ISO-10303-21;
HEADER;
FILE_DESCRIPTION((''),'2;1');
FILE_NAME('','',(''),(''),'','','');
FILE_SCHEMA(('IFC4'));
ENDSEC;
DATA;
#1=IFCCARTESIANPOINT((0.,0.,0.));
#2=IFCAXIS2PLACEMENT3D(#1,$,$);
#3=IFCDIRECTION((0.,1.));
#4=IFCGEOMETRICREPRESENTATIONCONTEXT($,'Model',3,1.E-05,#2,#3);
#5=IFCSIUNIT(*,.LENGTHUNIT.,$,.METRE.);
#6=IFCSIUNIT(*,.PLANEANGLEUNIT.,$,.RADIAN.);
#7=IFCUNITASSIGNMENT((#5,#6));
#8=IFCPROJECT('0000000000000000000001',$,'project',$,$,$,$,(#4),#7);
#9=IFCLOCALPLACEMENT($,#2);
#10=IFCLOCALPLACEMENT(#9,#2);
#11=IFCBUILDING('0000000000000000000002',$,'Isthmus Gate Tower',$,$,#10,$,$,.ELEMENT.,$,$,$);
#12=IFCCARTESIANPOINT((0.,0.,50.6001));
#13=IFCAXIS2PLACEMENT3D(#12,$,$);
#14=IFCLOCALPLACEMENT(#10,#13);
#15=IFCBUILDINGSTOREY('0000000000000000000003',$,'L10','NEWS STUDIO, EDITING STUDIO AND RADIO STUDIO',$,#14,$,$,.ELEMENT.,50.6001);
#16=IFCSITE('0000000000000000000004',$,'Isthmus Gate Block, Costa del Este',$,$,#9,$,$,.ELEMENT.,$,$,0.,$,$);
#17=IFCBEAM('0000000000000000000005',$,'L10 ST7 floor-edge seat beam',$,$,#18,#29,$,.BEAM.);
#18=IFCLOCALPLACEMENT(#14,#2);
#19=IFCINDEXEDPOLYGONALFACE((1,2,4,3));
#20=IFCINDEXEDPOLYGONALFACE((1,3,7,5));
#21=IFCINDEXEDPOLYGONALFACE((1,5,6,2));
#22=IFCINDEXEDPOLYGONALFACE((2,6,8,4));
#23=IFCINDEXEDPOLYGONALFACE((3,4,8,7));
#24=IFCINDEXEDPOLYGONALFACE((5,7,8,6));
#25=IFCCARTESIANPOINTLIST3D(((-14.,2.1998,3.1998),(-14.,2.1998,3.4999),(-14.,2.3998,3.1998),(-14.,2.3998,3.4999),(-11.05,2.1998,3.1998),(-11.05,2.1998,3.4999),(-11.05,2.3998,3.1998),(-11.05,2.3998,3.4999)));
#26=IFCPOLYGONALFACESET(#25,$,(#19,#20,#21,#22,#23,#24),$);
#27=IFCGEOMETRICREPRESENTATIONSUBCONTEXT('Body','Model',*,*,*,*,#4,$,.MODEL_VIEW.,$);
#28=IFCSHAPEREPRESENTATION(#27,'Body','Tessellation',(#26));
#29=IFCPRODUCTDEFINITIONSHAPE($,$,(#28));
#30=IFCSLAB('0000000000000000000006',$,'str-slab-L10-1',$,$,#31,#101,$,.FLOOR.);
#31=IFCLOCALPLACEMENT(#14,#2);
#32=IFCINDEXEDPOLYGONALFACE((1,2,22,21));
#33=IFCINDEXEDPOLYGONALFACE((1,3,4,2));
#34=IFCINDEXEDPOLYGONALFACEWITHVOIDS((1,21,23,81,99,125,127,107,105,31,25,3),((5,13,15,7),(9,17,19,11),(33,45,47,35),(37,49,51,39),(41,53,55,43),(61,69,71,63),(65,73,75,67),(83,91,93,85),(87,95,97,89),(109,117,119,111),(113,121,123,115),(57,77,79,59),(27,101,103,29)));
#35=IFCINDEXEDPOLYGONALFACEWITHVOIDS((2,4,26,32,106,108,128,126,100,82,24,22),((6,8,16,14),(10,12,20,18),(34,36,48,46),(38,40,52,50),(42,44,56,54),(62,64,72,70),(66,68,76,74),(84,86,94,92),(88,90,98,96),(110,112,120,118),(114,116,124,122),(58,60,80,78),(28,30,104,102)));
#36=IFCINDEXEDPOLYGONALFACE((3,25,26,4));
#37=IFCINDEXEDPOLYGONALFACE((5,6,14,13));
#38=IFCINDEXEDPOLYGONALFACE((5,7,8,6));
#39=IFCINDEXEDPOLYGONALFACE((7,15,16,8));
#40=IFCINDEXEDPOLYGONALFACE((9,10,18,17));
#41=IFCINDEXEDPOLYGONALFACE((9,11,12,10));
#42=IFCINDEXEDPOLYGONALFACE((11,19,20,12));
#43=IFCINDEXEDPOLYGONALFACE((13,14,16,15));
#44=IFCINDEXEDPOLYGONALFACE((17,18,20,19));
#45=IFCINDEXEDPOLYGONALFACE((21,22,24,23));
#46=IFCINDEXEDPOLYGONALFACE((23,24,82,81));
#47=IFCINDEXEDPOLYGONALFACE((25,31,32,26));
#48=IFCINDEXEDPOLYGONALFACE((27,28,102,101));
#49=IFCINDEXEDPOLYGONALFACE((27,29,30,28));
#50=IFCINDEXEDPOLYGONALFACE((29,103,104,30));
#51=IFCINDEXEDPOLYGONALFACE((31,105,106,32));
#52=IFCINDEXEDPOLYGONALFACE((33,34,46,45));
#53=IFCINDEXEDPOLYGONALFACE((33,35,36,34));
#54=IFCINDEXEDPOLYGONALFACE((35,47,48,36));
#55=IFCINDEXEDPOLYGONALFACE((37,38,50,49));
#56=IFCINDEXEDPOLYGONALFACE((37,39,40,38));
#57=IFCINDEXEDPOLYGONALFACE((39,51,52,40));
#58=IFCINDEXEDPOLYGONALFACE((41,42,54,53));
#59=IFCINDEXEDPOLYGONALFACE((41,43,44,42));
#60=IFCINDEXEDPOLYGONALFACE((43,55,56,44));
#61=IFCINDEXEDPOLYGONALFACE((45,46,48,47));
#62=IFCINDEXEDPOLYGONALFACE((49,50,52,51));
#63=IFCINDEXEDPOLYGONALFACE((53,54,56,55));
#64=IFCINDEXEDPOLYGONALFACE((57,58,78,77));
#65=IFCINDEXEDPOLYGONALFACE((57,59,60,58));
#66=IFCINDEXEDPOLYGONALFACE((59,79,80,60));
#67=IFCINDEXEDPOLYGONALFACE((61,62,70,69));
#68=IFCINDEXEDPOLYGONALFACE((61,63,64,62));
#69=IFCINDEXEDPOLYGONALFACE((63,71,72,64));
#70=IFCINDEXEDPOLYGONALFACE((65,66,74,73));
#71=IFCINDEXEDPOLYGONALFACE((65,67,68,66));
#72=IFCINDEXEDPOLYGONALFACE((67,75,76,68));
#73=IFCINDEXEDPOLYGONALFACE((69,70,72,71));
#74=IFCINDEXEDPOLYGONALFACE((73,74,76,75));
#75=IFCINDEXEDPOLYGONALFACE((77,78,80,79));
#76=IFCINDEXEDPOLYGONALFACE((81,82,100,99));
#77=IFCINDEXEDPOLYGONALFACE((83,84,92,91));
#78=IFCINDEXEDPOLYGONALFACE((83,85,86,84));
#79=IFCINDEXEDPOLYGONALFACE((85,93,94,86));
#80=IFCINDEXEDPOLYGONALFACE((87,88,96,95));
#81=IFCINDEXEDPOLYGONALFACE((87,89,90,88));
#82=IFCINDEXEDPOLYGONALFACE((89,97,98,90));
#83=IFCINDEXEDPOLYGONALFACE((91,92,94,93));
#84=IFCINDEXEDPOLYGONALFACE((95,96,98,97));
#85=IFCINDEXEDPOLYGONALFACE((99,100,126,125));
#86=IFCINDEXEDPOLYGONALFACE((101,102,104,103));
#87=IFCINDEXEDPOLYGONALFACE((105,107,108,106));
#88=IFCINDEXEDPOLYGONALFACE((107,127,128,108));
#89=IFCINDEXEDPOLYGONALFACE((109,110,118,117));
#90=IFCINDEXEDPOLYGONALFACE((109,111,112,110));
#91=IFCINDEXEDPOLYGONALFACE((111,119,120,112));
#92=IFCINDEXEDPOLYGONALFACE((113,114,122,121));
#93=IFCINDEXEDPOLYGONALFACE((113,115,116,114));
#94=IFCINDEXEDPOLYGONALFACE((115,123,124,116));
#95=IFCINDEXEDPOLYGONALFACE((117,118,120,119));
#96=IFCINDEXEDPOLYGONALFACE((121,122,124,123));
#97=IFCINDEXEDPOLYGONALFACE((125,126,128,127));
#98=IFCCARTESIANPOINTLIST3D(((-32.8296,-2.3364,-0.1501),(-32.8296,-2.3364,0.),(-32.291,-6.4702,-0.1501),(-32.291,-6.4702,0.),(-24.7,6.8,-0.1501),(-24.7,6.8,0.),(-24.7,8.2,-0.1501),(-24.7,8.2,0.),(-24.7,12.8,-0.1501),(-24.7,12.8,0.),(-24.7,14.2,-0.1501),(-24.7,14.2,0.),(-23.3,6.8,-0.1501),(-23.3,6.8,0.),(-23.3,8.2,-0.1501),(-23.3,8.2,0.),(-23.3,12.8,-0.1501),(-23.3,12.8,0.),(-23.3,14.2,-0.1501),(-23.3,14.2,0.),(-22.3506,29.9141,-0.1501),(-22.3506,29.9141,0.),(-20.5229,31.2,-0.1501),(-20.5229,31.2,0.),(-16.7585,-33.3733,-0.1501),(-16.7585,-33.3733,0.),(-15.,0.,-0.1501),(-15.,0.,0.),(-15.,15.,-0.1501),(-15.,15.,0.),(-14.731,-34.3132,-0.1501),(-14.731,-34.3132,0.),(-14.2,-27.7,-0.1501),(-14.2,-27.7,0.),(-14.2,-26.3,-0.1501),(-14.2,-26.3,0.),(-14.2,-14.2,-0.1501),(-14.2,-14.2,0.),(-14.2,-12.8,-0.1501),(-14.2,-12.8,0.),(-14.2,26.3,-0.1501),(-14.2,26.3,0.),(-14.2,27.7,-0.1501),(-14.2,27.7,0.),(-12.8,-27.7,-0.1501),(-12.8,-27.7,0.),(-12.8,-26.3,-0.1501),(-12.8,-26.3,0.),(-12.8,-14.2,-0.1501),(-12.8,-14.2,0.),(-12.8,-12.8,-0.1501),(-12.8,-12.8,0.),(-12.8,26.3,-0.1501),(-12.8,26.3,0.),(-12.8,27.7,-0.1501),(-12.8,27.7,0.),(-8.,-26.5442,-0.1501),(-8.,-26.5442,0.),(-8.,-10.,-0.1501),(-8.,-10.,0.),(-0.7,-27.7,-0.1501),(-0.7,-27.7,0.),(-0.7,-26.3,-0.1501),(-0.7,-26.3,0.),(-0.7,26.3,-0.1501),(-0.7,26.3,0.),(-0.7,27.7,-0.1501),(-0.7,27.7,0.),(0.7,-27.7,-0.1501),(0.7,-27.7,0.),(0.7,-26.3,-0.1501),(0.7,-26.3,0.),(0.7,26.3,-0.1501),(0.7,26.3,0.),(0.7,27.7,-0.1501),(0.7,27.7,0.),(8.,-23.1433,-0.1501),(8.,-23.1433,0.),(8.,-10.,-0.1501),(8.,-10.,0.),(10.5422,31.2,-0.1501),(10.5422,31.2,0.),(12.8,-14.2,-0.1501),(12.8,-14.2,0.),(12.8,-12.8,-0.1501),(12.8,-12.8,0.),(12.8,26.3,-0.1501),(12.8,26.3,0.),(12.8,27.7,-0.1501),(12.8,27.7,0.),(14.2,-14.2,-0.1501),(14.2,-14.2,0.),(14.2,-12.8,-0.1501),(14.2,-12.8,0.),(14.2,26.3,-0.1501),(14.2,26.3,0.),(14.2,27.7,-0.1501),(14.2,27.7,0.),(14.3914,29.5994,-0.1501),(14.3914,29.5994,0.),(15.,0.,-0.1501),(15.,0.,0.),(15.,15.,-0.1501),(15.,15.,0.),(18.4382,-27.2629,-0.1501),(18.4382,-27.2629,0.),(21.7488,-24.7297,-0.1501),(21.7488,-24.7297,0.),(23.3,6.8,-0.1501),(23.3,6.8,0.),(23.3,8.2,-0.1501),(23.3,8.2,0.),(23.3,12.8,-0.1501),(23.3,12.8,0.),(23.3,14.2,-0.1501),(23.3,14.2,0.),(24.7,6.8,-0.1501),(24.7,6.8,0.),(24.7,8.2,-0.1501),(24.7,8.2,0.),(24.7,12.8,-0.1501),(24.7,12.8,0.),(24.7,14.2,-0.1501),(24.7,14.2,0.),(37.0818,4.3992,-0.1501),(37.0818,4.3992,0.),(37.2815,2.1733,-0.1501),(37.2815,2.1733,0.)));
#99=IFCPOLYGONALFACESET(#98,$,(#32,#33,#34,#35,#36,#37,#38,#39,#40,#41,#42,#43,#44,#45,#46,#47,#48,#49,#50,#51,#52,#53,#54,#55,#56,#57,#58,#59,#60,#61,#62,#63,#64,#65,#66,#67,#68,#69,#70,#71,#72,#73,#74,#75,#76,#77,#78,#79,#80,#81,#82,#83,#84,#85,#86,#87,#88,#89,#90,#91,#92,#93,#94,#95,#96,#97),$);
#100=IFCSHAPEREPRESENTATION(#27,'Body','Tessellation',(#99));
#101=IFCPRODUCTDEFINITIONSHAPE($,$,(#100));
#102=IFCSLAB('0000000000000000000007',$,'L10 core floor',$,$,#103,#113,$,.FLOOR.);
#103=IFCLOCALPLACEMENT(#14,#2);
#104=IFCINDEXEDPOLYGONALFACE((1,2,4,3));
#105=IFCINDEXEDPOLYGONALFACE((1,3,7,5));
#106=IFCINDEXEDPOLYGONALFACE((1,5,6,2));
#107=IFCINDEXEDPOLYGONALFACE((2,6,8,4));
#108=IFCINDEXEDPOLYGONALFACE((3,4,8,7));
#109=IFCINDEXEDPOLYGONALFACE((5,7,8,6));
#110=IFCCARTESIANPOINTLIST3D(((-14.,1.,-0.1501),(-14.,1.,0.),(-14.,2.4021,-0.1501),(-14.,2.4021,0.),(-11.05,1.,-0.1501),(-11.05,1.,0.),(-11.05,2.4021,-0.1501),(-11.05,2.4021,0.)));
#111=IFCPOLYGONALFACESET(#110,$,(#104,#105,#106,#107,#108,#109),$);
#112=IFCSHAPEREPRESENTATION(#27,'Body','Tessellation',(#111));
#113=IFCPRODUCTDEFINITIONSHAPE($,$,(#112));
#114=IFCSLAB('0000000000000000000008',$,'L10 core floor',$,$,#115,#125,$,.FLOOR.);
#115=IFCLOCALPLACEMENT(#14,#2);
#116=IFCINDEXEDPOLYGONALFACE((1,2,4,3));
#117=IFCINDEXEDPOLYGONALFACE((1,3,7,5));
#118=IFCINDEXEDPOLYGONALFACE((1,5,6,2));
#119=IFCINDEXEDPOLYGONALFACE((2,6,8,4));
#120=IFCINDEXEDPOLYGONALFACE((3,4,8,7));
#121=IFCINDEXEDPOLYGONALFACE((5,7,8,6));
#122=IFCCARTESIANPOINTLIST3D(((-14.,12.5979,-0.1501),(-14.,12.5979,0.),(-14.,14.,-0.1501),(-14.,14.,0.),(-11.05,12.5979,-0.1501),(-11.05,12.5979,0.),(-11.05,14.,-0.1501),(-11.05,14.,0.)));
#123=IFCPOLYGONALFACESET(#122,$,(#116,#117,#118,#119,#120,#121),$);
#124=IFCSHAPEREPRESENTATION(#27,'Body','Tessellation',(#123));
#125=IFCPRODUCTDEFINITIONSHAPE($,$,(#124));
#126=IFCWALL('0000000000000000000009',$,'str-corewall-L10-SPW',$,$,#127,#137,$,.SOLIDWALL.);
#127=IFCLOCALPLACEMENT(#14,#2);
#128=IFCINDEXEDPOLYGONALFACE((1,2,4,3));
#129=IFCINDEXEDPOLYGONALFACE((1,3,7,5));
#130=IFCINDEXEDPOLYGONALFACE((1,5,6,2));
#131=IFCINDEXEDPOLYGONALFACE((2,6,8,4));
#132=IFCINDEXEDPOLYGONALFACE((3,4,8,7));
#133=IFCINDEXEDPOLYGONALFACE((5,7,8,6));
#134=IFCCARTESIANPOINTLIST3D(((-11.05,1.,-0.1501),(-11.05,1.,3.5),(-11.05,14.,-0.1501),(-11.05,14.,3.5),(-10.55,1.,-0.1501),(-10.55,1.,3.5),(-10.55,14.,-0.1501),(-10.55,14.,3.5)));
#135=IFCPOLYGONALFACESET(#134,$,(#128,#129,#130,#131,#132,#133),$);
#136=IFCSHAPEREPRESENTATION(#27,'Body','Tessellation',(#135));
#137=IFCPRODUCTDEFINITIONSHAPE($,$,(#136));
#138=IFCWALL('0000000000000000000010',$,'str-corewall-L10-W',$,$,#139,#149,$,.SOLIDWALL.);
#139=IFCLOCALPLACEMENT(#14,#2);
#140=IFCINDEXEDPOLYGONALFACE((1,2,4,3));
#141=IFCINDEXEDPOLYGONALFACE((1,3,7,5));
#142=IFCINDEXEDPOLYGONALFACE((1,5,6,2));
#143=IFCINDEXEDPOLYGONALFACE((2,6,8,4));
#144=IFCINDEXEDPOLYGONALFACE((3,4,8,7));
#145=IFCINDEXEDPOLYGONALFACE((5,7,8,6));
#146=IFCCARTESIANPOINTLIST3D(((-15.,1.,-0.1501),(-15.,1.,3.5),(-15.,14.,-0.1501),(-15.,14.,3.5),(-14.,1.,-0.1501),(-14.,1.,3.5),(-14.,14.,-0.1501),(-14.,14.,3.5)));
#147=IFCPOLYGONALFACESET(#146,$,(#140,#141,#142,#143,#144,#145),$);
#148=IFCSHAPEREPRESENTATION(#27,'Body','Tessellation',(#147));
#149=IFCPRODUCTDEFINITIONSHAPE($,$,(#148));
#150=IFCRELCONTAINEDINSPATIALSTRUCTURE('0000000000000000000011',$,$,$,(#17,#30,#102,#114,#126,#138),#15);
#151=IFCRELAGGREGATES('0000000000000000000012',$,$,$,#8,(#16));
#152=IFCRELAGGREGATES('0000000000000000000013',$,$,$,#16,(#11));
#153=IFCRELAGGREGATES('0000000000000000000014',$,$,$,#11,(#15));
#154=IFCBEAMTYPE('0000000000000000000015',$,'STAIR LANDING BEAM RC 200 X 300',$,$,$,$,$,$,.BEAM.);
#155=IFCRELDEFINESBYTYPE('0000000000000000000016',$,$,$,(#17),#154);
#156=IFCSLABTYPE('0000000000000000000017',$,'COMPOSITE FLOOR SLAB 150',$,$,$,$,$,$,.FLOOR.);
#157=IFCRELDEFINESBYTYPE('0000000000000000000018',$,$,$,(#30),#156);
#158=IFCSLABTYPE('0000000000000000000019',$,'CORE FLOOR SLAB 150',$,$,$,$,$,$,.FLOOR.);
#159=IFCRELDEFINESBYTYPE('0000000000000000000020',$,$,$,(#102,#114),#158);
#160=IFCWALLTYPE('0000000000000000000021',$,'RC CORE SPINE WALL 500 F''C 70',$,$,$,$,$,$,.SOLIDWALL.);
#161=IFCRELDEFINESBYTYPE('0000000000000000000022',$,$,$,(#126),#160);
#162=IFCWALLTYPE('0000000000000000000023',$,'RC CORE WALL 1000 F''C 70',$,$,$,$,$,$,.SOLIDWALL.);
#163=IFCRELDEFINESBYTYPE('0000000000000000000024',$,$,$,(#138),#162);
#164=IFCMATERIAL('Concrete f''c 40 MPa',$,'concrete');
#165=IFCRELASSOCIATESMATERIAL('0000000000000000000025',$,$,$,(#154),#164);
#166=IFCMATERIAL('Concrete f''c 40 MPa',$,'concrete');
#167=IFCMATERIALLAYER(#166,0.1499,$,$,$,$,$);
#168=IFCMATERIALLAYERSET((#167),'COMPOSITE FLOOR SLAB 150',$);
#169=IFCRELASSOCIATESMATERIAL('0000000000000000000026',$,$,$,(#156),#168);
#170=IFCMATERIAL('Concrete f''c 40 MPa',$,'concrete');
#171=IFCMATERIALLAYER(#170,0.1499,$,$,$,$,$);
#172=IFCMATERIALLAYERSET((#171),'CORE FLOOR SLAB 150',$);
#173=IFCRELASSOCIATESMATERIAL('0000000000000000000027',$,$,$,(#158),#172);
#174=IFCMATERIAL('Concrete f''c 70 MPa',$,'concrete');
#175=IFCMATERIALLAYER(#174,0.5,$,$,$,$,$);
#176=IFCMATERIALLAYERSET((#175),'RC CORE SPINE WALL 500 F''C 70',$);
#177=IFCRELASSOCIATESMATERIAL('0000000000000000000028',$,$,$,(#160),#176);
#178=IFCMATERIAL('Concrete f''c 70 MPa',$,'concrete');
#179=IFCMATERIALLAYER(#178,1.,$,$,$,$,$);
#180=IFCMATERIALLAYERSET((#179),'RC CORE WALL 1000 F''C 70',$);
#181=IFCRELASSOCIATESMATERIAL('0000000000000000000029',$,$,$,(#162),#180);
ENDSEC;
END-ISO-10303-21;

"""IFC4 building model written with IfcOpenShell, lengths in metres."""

from ifc_helpers import new_model, si_unit, direction, frame, frame_2d, origin, origin_2d, place, context, subcontext, project, spatial, polyline, rectangle, outline, extrude, material, layer, layer_set, material_profile, profile_set, type_object, element, save


model = new_model("IFC4")

# Units and contexts
model_context = context("Model", 3, precision=1e-05, world=origin(), true_north=direction((0.0, 1.0)))
body_context = subcontext(model_context, "Body", "Model", "MODEL_VIEW")
ifc_project = project(units=[si_unit("LENGTHUNIT", "METRE"), si_unit("PLANEANGLEUNIT", "RADIAN")], contexts=[model_context])

# Site, building, storey
site_placement = place(None, origin())
site = spatial("IfcSite", under=ifc_project, at=site_placement, Name="Isthmus Gate Block, Costa del Este", CompositionType="ELEMENT", RefElevation=0.0)
building_placement = place(site_placement, origin())
building = spatial("IfcBuilding", under=site, at=building_placement, Name="Isthmus Gate Tower", CompositionType="ELEMENT")
storey_placement = place(building_placement, frame((0.0, 0.0, 50.6001)))
storey = spatial("IfcBuildingStorey", under=building, at=storey_placement, Name="L10", Description="NEWS STUDIO, EDITING STUDIO AND RADIO STUDIO", CompositionType="ELEMENT", Elevation=50.6001)

# Beam
ifc_material_1 = material(Name="Concrete f'c 40 MPa", Category="concrete")
ifc_material_profile = material_profile(ifc_material_1, rectangle(XDim=0.2, YDim=0.3, at=origin_2d()), Name="STAIR LANDING BEAM RC 200 X 300")
ifc_profile_set = profile_set([ifc_material_profile], Name="Concrete f'c 40 MPa")
beam_type = type_object("IfcBeamType", Name="STAIR LANDING BEAM RC 200 X 300", PredefinedType="BEAM", material=ifc_profile_set)
beam_placement = place(storey_placement, frame((-14.0, 2.2998, 3.3499), z_axis=(1.0, 0.0, 0.0), x_axis=(0.0, 1.0, 0.0)))
element("IfcBeam", 1, at=beam_placement, inside=storey, type_object=beam_type, Name="L10 ST7 floor-edge seat beam", PredefinedType="BEAM", context=body_context, shape_type="SweptSolid", body=[
    extrude(rectangle(XDim=0.2, YDim=0.3, at=origin_2d()), origin(), (0.0, 0.0, 1.0), 2.95),
])

# Slabs
ifc_material_2 = material(Name="Concrete f'c 40 MPa", Category="concrete")
ifc_layer_1 = layer(ifc_material_2, 0.1499)
ifc_layer_set_1 = layer_set([ifc_layer_1], Name="COMPOSITE FLOOR SLAB 150")
slab_type_1 = type_object("IfcSlabType", Name="COMPOSITE FLOOR SLAB 150", PredefinedType="FLOOR", material=ifc_layer_set_1)
slab_1_placement = place(storey_placement, frame((0.0, 0.0, -0.1501)))
element("IfcSlab", 2, at=slab_1_placement, inside=storey, type_object=slab_type_1, Name="str-slab-L10-1", PredefinedType="FLOOR", context=body_context, shape_type="SweptSolid", body=[
    extrude(outline(polyline([(14.3914, 29.5994), (37.0818, 4.3992), (37.2815, 2.1733), (21.7488, -24.7297), (18.4382, -27.2629), (-14.731, -34.3132), (-16.7585, -33.3733), (-32.291, -6.4702), (-32.8296, -2.3364), (-22.3506, 29.9141), (-20.5229, 31.2), (10.5422, 31.2), (14.3914, 29.5994)]), holes=[polyline([(-14.2, -27.7), (-12.8, -27.7), (-12.8, -26.3), (-14.2, -26.3), (-14.2, -27.7)]), polyline([(-0.7, -26.3), (-0.7, -27.7), (0.7, -27.7), (0.7, -26.3), (-0.7, -26.3)]), polyline([(-14.2, -12.8), (-14.2, -14.2), (-12.8, -14.2), (-12.8, -12.8), (-14.2, -12.8)]), polyline([(-24.7, 8.2), (-24.7, 6.8), (-23.3, 6.8), (-23.3, 8.2), (-24.7, 8.2)]), polyline([(-23.3, 14.2), (-24.7, 14.2), (-24.7, 12.8), (-23.3, 12.8), (-23.3, 14.2)]), polyline([(-14.2, 27.7), (-14.2, 26.3), (-12.8, 26.3), (-12.8, 27.7), (-14.2, 27.7)]), polyline([(-0.7, 27.7), (-0.7, 26.3), (0.7, 26.3), (0.7, 27.7), (-0.7, 27.7)]), polyline([(8.0, -23.1433), (8.0, -10.0), (-8.0, -10.0), (-8.0, -26.5442), (8.0, -23.1433)]), polyline([(14.2, -12.8), (12.8, -12.8), (12.8, -14.2), (14.2, -14.2), (14.2, -12.8)]), polyline([(15.0, 15.0), (-15.0, 15.0), (-15.0, 0.0), (15.0, 0.0), (15.0, 15.0)]), polyline([(24.7, 8.2), (23.3, 8.2), (23.3, 6.8), (24.7, 6.8), (24.7, 8.2)]), polyline([(23.3, 14.2), (23.3, 12.8), (24.7, 12.8), (24.7, 14.2), (23.3, 14.2)]), polyline([(14.2, 27.7), (12.8, 27.7), (12.8, 26.3), (14.2, 26.3), (14.2, 27.7)])]), origin(), (0.0, 0.0, 1.0), 0.1501),
])
ifc_material_3 = material(Name="Concrete f'c 40 MPa", Category="concrete")
ifc_layer_2 = layer(ifc_material_3, 0.1499)
ifc_layer_set_2 = layer_set([ifc_layer_2], Name="CORE FLOOR SLAB 150")
slab_type_2 = type_object("IfcSlabType", Name="CORE FLOOR SLAB 150", PredefinedType="FLOOR", material=ifc_layer_set_2)
slab_2_placement = place(storey_placement, frame((0.0, 0.0, -0.1501)))
element("IfcSlab", 3, at=slab_2_placement, inside=storey, type_object=slab_type_2, Name="L10 core floor", PredefinedType="FLOOR", context=body_context, shape_type="SweptSolid", body=[
    extrude(outline(polyline([(-11.05, 1.0), (-11.05, 2.4021), (-14.0, 2.4021), (-14.0, 1.0), (-11.05, 1.0)])), origin(), (0.0, 0.0, 1.0), 0.1501),
])
slab_3_placement = place(storey_placement, frame((0.0, 0.0, -0.1501)))
element("IfcSlab", 4, at=slab_3_placement, inside=storey, type_object=slab_type_2, Name="L10 core floor", PredefinedType="FLOOR", context=body_context, shape_type="SweptSolid", body=[
    extrude(outline(polyline([(-14.0, 14.0), (-14.0, 12.5979), (-11.05, 12.5979), (-11.05, 14.0), (-14.0, 14.0)])), origin(), (0.0, 0.0, 1.0), 0.1501),
])

# Walls
ifc_material_4 = material(Name="Concrete f'c 70 MPa", Category="concrete")
ifc_layer_3 = layer(ifc_material_4, 0.5)
ifc_layer_set_3 = layer_set([ifc_layer_3], Name="RC CORE SPINE WALL 500 F'C 70")
wall_type_1 = type_object("IfcWallType", Name="RC CORE SPINE WALL 500 F'C 70", PredefinedType="SOLIDWALL", material=ifc_layer_set_3)
wall_1_placement = place(storey_placement, frame((-10.8, 1.0, -0.1501), z_axis=(0.0, 0.0, 1.0), x_axis=(0.0, 1.0, 0.0)))
element("IfcWall", 5, at=wall_1_placement, inside=storey, type_object=wall_type_1, Name="str-corewall-L10-SPW", PredefinedType="SOLIDWALL", context=body_context, shape_type="SweptSolid", body=[
    extrude(rectangle(XDim=13.0, YDim=0.5, at=frame_2d((6.5, 0.0))), origin(), (0.0, 0.0, 1.0), 3.6501),
])
ifc_material_5 = material(Name="Concrete f'c 70 MPa", Category="concrete")
ifc_layer_4 = layer(ifc_material_5, 1.0)
ifc_layer_set_4 = layer_set([ifc_layer_4], Name="RC CORE WALL 1000 F'C 70")
wall_type_2 = type_object("IfcWallType", Name="RC CORE WALL 1000 F'C 70", PredefinedType="SOLIDWALL", material=ifc_layer_set_4)
wall_2_placement = place(storey_placement, frame((-14.5, 1.0, -0.1501), z_axis=(0.0, 0.0, 1.0), x_axis=(0.0, 1.0, 0.0)))
element("IfcWall", 6, at=wall_2_placement, inside=storey, type_object=wall_type_2, Name="str-corewall-L10-W", PredefinedType="SOLIDWALL", context=body_context, shape_type="SweptSolid", body=[
    extrude(rectangle(XDim=13.0, YDim=1.0, at=frame_2d((6.5, 0.0))), origin(), (0.0, 0.0, 1.0), 3.6501),
])

save(model, "model.ifc")
